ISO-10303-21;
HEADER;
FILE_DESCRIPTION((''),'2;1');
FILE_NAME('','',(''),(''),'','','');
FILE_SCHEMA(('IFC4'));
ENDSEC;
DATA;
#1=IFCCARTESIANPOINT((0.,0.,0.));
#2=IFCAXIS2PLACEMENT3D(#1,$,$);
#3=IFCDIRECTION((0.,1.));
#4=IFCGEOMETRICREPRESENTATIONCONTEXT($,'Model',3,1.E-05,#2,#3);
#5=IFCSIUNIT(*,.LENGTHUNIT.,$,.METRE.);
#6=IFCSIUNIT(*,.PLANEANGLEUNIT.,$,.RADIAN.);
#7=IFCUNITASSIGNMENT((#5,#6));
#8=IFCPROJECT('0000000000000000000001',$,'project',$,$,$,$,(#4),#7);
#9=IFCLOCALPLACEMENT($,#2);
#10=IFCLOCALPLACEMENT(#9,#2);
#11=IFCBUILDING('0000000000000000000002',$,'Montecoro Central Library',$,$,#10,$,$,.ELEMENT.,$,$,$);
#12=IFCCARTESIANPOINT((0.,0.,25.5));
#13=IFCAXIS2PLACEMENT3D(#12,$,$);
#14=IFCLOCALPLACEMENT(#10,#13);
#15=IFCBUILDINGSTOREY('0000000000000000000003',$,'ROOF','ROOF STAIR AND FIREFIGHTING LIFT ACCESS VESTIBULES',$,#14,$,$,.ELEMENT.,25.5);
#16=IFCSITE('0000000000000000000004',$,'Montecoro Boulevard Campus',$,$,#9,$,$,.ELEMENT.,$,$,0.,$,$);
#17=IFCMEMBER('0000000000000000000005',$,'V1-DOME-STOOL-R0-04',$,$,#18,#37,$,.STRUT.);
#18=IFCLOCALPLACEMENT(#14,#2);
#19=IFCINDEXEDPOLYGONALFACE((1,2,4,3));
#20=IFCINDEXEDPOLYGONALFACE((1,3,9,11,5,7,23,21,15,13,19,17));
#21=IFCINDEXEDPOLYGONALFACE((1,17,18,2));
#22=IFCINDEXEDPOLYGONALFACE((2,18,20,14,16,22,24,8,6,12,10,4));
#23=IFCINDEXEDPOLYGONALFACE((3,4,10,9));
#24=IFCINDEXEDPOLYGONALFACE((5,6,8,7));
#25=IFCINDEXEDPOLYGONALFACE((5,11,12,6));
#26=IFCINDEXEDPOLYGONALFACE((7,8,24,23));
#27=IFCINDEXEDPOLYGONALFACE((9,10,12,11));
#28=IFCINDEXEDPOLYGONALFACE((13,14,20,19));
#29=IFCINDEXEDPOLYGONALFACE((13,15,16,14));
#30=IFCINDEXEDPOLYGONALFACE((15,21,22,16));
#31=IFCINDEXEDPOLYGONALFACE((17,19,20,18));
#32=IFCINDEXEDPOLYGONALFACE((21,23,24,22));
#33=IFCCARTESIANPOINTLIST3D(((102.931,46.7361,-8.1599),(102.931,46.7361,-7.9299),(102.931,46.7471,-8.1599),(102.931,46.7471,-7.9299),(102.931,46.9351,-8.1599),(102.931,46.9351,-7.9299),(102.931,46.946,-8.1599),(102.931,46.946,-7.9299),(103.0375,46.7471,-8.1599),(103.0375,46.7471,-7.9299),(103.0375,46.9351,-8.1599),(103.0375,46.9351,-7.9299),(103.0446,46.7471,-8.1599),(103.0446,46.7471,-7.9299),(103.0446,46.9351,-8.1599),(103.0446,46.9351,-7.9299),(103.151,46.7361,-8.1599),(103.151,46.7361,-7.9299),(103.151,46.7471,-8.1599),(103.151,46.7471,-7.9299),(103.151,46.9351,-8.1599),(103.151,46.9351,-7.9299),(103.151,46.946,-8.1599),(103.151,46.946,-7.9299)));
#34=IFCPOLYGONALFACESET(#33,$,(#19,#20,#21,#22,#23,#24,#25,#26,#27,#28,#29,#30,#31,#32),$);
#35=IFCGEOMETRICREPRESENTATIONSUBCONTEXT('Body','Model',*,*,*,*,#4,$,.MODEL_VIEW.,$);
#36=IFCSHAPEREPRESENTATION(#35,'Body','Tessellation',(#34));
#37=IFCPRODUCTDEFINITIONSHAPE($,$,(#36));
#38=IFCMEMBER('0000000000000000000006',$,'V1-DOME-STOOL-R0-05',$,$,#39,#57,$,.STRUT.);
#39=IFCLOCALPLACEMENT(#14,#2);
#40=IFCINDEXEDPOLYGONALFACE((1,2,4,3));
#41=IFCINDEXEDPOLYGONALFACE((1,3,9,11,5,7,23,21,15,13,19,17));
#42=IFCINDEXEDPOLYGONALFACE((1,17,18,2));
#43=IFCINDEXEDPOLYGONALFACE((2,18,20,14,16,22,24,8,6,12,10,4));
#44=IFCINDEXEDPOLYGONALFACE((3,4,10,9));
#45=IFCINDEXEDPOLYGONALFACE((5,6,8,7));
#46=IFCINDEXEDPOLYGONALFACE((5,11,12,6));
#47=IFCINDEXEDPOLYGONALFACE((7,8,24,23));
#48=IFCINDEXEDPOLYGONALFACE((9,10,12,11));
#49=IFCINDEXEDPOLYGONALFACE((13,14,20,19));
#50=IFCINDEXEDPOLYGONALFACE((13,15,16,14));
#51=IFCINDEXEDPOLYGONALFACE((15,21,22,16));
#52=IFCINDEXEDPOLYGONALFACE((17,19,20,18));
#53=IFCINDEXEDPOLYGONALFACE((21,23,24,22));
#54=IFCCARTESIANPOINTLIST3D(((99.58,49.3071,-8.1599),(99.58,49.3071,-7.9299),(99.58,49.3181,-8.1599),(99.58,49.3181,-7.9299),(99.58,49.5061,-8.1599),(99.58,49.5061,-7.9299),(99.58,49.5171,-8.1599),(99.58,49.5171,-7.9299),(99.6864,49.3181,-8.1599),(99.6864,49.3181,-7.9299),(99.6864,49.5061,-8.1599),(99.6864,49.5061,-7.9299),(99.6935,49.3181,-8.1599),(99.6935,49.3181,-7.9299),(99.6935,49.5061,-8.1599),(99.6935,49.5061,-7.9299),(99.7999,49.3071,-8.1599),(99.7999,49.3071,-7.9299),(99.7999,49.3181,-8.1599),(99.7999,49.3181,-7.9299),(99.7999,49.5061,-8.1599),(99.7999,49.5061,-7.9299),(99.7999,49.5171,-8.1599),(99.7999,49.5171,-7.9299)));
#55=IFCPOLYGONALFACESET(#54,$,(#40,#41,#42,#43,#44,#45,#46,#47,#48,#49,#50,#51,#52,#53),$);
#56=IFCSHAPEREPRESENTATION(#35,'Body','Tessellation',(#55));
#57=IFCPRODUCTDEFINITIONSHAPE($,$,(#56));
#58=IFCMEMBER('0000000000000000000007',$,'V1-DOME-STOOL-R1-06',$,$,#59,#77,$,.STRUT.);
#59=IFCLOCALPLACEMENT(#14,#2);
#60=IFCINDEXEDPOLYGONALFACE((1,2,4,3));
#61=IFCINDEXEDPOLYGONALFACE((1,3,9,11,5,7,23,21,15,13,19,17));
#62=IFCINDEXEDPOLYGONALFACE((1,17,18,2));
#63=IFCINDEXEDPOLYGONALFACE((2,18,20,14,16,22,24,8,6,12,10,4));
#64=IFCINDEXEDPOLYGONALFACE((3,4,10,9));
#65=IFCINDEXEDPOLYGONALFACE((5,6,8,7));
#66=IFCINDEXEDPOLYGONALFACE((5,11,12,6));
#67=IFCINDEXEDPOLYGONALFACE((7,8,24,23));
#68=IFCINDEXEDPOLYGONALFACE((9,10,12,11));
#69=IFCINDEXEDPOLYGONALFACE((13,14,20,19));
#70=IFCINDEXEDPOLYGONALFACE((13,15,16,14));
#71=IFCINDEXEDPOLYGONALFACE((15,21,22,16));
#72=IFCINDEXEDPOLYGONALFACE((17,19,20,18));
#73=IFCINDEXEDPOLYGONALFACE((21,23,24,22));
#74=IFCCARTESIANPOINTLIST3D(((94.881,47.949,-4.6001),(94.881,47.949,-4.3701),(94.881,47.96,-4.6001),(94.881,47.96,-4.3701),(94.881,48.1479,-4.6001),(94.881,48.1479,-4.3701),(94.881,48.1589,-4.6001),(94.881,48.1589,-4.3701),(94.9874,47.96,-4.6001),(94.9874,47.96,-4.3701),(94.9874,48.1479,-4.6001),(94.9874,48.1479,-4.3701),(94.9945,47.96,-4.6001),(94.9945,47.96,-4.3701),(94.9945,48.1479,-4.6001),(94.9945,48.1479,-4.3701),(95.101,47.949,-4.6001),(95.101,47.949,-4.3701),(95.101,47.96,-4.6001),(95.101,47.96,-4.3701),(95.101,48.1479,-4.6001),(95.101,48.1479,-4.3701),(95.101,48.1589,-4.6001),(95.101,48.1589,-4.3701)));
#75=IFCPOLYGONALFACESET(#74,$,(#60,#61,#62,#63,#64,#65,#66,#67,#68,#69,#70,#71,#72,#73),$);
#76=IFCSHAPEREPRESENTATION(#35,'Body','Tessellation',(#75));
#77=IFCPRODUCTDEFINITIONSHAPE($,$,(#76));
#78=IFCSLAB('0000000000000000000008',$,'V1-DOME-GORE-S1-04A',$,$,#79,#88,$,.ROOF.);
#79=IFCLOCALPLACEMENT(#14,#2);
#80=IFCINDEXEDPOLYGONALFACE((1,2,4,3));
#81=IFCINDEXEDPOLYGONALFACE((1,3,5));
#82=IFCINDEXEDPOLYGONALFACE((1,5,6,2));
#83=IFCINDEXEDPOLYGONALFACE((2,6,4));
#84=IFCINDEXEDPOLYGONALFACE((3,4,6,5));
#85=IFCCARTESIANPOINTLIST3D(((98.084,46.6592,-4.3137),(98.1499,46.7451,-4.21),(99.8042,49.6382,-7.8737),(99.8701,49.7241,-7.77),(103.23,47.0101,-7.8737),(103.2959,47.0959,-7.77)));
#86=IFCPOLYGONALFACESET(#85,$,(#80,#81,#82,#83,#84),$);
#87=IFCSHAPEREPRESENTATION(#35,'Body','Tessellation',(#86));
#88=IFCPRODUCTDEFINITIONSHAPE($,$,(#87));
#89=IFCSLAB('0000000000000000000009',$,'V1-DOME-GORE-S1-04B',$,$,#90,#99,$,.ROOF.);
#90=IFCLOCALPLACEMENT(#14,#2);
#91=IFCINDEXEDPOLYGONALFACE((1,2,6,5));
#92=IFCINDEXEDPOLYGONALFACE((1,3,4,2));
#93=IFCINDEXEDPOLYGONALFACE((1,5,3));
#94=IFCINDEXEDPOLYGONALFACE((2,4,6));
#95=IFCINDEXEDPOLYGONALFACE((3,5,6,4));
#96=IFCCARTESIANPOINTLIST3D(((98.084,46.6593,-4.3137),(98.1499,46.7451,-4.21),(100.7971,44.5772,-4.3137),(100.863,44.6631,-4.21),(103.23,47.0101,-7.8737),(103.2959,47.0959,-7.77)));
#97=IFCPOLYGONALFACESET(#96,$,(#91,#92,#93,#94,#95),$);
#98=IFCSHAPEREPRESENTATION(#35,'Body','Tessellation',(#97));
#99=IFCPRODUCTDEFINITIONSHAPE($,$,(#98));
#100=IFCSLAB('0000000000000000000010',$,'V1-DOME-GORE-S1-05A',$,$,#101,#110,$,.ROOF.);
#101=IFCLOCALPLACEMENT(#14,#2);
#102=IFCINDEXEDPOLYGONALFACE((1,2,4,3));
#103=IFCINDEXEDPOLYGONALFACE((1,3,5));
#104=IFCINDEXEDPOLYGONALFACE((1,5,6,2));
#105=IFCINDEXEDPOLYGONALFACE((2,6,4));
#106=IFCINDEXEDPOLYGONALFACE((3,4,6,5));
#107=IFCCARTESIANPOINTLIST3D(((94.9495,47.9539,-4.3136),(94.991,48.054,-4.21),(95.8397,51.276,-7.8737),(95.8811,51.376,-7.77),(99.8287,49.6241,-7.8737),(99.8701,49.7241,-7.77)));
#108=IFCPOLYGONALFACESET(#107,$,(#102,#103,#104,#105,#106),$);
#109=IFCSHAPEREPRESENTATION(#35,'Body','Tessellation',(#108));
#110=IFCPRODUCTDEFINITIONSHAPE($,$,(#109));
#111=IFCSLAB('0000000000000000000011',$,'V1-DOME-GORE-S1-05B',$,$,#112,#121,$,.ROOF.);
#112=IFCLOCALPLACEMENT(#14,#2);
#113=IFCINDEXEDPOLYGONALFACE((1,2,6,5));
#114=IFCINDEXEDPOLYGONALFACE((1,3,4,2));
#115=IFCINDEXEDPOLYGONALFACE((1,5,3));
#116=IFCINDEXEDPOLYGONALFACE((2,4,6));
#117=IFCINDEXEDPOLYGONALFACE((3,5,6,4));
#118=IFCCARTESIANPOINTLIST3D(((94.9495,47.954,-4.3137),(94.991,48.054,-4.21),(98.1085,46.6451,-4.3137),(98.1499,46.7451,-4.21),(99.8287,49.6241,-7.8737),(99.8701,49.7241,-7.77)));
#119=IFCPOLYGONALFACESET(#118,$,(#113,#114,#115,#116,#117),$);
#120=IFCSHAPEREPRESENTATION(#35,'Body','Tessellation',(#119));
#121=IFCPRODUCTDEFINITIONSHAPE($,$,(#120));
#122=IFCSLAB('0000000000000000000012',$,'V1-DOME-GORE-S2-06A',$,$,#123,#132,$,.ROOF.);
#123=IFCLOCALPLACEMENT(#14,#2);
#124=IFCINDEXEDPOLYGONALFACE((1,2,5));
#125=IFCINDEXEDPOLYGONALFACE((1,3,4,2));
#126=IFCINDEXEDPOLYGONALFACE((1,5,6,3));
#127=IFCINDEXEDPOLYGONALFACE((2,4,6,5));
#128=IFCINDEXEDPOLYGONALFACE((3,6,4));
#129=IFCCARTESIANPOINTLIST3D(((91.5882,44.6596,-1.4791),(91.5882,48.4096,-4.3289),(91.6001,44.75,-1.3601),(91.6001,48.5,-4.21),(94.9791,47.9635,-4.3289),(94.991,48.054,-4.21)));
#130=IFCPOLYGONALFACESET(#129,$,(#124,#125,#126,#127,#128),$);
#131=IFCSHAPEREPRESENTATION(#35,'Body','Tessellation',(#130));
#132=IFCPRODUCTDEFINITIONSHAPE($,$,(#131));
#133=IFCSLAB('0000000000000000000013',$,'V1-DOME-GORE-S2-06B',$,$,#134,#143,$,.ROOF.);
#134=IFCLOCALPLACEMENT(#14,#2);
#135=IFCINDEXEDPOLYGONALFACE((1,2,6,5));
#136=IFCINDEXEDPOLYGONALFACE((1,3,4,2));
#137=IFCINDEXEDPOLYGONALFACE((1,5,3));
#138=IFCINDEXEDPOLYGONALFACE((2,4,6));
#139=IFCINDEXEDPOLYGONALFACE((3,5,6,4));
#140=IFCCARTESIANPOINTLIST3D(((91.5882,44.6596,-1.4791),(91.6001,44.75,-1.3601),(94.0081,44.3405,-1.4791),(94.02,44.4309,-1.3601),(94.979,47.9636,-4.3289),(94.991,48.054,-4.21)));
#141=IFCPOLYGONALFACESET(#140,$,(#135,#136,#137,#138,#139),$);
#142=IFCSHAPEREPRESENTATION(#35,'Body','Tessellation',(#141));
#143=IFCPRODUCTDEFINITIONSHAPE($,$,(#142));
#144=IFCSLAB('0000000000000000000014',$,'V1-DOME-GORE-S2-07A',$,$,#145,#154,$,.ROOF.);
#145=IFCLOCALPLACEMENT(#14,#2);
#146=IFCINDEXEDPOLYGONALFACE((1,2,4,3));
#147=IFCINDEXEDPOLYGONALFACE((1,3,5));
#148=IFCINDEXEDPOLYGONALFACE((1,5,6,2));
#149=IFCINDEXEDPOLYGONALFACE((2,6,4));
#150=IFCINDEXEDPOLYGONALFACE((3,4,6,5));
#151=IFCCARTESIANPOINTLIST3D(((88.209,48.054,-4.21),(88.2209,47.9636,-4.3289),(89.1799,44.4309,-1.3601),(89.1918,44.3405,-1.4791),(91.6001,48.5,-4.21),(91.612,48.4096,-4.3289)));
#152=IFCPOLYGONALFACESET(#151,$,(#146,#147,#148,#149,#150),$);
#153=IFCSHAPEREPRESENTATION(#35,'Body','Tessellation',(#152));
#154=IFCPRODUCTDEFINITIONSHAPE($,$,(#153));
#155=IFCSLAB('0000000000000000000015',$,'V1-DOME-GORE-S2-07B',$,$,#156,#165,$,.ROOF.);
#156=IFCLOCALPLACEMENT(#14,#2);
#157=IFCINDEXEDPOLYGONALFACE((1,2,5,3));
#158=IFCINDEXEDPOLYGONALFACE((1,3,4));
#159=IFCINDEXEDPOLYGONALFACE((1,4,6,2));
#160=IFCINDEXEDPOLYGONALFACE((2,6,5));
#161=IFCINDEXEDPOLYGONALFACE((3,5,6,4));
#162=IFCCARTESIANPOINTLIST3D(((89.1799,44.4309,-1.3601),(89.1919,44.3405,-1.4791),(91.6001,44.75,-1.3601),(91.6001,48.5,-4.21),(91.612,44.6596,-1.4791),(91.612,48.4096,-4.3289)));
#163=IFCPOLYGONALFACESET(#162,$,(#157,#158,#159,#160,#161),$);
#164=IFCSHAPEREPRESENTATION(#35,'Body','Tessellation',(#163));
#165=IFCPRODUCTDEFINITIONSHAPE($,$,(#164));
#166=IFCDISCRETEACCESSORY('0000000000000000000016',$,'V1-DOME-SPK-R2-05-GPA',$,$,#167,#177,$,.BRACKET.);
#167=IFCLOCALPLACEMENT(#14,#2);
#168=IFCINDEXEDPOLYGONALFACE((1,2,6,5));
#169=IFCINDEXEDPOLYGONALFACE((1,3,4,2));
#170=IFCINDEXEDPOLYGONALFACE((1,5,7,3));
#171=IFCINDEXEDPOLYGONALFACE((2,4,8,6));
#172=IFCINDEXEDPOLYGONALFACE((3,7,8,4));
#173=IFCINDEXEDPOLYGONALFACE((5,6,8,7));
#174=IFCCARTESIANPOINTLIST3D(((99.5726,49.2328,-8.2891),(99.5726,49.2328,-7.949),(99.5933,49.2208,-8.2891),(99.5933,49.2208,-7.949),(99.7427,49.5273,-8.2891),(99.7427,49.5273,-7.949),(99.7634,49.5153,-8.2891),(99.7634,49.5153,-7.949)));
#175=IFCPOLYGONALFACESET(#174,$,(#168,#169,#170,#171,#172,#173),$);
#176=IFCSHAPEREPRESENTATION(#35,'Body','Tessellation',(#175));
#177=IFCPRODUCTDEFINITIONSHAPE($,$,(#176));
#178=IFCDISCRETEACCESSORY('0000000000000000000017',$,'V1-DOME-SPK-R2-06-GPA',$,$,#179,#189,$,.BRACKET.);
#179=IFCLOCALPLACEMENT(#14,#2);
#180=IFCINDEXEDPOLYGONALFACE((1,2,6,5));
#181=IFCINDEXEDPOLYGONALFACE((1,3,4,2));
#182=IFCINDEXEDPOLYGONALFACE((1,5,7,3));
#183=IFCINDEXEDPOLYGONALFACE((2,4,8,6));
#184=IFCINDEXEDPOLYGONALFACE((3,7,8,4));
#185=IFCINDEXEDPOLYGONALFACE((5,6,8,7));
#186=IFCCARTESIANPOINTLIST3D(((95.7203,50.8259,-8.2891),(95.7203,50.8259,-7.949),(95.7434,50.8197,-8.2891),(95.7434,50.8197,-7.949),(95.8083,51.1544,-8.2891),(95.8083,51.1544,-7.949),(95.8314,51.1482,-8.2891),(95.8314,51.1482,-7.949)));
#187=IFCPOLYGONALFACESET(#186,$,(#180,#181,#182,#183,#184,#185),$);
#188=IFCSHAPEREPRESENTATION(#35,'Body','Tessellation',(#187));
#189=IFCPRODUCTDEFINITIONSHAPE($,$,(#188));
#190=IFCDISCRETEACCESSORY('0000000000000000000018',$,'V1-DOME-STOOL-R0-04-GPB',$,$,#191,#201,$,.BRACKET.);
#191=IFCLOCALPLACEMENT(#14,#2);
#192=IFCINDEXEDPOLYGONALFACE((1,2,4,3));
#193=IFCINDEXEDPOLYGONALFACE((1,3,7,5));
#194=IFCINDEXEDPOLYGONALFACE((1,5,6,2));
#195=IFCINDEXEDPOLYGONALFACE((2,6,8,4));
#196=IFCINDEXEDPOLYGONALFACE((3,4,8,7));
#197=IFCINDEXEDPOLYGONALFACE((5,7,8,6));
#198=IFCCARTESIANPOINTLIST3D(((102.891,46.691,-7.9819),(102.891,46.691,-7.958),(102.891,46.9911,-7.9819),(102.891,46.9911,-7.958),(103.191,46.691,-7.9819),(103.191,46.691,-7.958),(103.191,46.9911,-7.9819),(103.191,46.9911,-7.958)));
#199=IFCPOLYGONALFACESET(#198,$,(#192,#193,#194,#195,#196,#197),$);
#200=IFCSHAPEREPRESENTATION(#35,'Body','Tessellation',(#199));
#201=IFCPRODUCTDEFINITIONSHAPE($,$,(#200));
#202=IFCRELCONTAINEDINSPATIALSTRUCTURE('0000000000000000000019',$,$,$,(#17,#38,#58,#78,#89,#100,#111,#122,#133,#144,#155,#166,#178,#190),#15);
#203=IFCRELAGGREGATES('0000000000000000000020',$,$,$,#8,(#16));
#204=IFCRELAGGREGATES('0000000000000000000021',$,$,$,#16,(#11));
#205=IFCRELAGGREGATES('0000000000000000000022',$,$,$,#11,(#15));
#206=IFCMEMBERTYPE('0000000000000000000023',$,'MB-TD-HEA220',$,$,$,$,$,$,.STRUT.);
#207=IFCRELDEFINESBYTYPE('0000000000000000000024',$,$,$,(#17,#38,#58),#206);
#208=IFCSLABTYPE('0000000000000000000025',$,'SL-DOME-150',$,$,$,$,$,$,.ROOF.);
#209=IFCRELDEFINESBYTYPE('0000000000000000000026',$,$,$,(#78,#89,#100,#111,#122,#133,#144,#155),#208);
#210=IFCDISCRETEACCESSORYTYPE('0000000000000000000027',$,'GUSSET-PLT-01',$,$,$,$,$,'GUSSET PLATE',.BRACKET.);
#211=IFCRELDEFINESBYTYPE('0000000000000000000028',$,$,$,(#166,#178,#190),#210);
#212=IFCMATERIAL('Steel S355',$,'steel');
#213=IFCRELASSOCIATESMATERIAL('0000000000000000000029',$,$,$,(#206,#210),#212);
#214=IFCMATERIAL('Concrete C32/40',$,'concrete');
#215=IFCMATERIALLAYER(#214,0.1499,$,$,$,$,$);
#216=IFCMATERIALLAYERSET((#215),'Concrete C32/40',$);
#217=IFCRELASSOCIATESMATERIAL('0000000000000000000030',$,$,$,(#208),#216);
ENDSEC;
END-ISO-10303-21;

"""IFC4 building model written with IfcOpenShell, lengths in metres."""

from ifc_helpers import new_model, si_unit, direction, frame, origin, origin_2d, place, context, subcontext, project, spatial, polyline, rectangle, i_section, outline, extrude, material, layer, layer_set, material_profile, profile_set, type_object, element, save


model = new_model("IFC4")

# Units and contexts
model_context = context("Model", 3, precision=1e-05, world=origin(), true_north=direction((0.0, 1.0)))
body_context = subcontext(model_context, "Body", "Model", "MODEL_VIEW")
ifc_project = project(units=[si_unit("LENGTHUNIT", "METRE"), si_unit("PLANEANGLEUNIT", "RADIAN")], contexts=[model_context])

# Site, building, storey
site_placement = place(None, origin())
site = spatial("IfcSite", under=ifc_project, at=site_placement, Name="Montecoro Boulevard Campus", CompositionType="ELEMENT", RefElevation=0.0)
building_placement = place(site_placement, origin())
building = spatial("IfcBuilding", under=site, at=building_placement, Name="Montecoro Central Library", CompositionType="ELEMENT")
storey_placement = place(building_placement, frame((0.0, 0.0, 25.5)))
storey = spatial("IfcBuildingStorey", under=building, at=storey_placement, Name="ROOF", Description="ROOF STAIR AND FIREFIGHTING LIFT ACCESS VESTIBULES", CompositionType="ELEMENT", Elevation=25.5)

# Members
ifc_material_1 = material(Name="Steel S355", Category="steel")
ifc_material_profile_1 = material_profile(ifc_material_1, i_section(OverallWidth=0.22, OverallDepth=0.21, WebThickness=0.0071, FlangeThickness=0.011, at=origin_2d()), Name="HEA 220")
ifc_profile_set_1 = profile_set([ifc_material_profile_1], Name="Steel S355")
member_type_1 = type_object("IfcMemberType", Name="MB-TD-HEA220", PredefinedType="STRUT", material=ifc_profile_set_1)
for number, where, z_axis, x_axis, name in (
    (1, (103.041, 46.8411, -8.1599), (0.0, 0.0, 1.0), (1.0, 0.0, 0.0), "V1-DOME-STOOL-R0-04"),
    (2, (99.6899, 49.4121, -8.1599), (0.0, 0.0, 1.0), (1.0, 0.0, 0.0), "V1-DOME-STOOL-R0-05"),
    (3, (94.991, 48.054, -4.6001), (0.0, 0.0, 1.0), (1.0, 0.0, 0.0), "V1-DOME-STOOL-R1-06"),
):
    element("IfcMember", number, at=place(storey_placement, frame(where, z_axis=z_axis, x_axis=x_axis)), inside=storey, type_object=member_type_1, Name=name, PredefinedType="STRUT", context=body_context, shape_type="SweptSolid", body=[
        extrude(i_section(OverallWidth=0.22, OverallDepth=0.21, WebThickness=0.0071, FlangeThickness=0.011, at=origin_2d()), origin(), (0.0, 0.0, 1.0), 0.23),
    ])

# Slabs
ifc_material_2 = material(Name="Concrete C32/40", Category="concrete")
ifc_layer = layer(ifc_material_2, 0.1499)
ifc_layer_set = layer_set([ifc_layer], Name="Concrete C32/40")
slab_type = type_object("IfcSlabType", Name="SL-DOME-150", PredefinedType="ROOF", material=ifc_layer_set)
slab_1_placement = place(storey_placement, frame((103.2959, 47.0959, -7.77), z_axis=(0.43953, 0.57292, 0.691792), x_axis=(-0.793412, 0.608686, 0.0)))
element("IfcSlab", 4, at=slab_1_placement, inside=storey, type_object=slab_type, Name="V1-DOME-GORE-S1-04A", PredefinedType="ROOF", context=body_context, shape_type="SweptSolid", body=[
    extrude(outline(polyline([(0.0, 0.0), (4.3178, 0.0), (3.8693, 4.9302), (0.0, 0.0)])), origin(), (0.0, 0.0, -1.0), 0.1499),
])
slab_2_placement = place(storey_placement, frame((103.2959, 47.0959, -7.77), z_axis=(0.439575, 0.572819, 0.691847), x_axis=(-0.821094, -0.055978, 0.568042)))
element("IfcSlab", 5, at=slab_2_placement, inside=storey, type_object=slab_type, Name="V1-DOME-GORE-S1-04B", PredefinedType="ROOF", context=body_context, shape_type="SweptSolid", body=[
    extrude(outline(polyline([(0.0, 0.0), (6.2672, 0.0), (4.1561, 2.6905), (0.0, 0.0)])), origin(), (0.0, 0.0, -1.0), 0.1499),
])
slab_3_placement = place(storey_placement, frame((99.8701, 49.7241, -7.77), z_axis=(0.276302, 0.667234, 0.691705), x_axis=(-0.923916, 0.382595, 0.0)))
element("IfcSlab", 6, at=slab_3_placement, inside=storey, type_object=slab_type, Name="V1-DOME-GORE-S1-05A", PredefinedType="ROOF", context=body_context, shape_type="SweptSolid", body=[
    extrude(outline(polyline([(0.0, 0.0), (4.3175, 0.0), (3.8689, 4.9296), (0.0, 0.0)])), origin(), (0.0, 0.0, -1.0), 0.1499),
])
slab_4_placement = place(storey_placement, frame((99.8701, 49.7241, -7.77), z_axis=(0.276403, 0.66711, 0.691785), x_axis=(-0.778603, -0.266521, 0.568106)))
element("IfcSlab", 7, at=slab_4_placement, inside=storey, type_object=slab_type, Name="V1-DOME-GORE-S1-05B", PredefinedType="ROOF", context=body_context, shape_type="SweptSolid", body=[
    extrude(outline(polyline([(0.0, 0.0), (6.2665, 0.0), (4.1558, 2.6901), (0.0, 0.0)])), origin(), (0.0, 0.0, -1.0), 0.1499),
])
slab_5_placement = place(storey_placement, frame((94.991, 48.054, -4.21), z_axis=(0.079341, 0.603156, 0.793667), x_axis=(-0.991459, 0.130419, 0.0)))
element("IfcSlab", 8, at=slab_5_placement, inside=storey, type_object=slab_type, Name="V1-DOME-GORE-S2-06A", PredefinedType="ROOF", context=body_context, shape_type="SweptSolid", body=[
    extrude(outline(polyline([(0.0, 0.0), (3.4201, 0.0), (2.931, 4.6845), (0.0, 0.0)])), origin(), (0.0, 0.0, -1.0), 0.1499),
])
slab_6_placement = place(storey_placement, frame((94.991, 48.054, -4.21), z_axis=(0.079517, 0.603038, 0.793739), x_axis=(-0.61363, -0.597901, 0.515725)))
element("IfcSlab", 9, at=slab_6_placement, inside=storey, type_object=slab_type, Name="V1-DOME-GORE-S2-06B", PredefinedType="ROOF", context=body_context, shape_type="SweptSolid", body=[
    extrude(outline(polyline([(0.0, 0.0), (5.5259, 0.0), (4.2318, 2.0695), (0.0, 0.0)])), origin(), (0.0, 0.0, -1.0), 0.1499),
])
slab_7_placement = place(storey_placement, frame((91.6001, 48.5, -4.21), z_axis=(-0.079325, 0.60308, 0.793727), x_axis=(-0.99146, -0.13041, 0.0)))
element("IfcSlab", 10, at=slab_7_placement, inside=storey, type_object=slab_type, Name="V1-DOME-GORE-S2-07A", PredefinedType="ROOF", context=body_context, shape_type="SweptSolid", body=[
    extrude(outline(polyline([(0.0, 0.0), (3.4203, 0.0), (2.9301, 4.6851), (0.0, 0.0)])), origin(), (0.0, 0.0, -1.0), 0.1499),
])
slab_8_placement = place(storey_placement, frame((91.6001, 48.5, -4.21), z_axis=(-0.079523, 0.603147, 0.793656), x_axis=(-0.437962, -0.736358, 0.51572)))
element("IfcSlab", 11, at=slab_8_placement, inside=storey, type_object=slab_type, Name="V1-DOME-GORE-S2-07B", PredefinedType="ROOF", context=body_context, shape_type="SweptSolid", body=[
    extrude(outline(polyline([(0.0, 0.0), (5.526, 0.0), (4.2311, 2.0694), (0.0, 0.0)])), origin(), (0.0, 0.0, -1.0), 0.1499),
])

# Discrete accessories
discrete_accessory_type = type_object("IfcDiscreteAccessoryType", Name="GUSSET-PLT-01", ElementType="GUSSET PLATE", PredefinedType="BRACKET", material=ifc_material_1)
for number, where, z_axis, x_axis, name in (
    (12, (99.668, 49.374, -8.2891), (0.0, 0.0, 1.0), (-0.500151, -0.865938, 0.0), "V1-DOME-SPK-R2-05-GPA"),
    (13, (95.7759, 50.9871, -8.2891), (0.0, 0.0, 1.0), (-0.258819, -0.965926, 0.0), "V1-DOME-SPK-R2-06-GPA"),
):
    element("IfcDiscreteAccessory", number, at=place(storey_placement, frame(where, z_axis=z_axis, x_axis=x_axis)), inside=storey, type_object=discrete_accessory_type, Name=name, PredefinedType="BRACKET", context=body_context, shape_type="SweptSolid", body=[
        extrude(rectangle(XDim=0.3401, YDim=0.0239, at=origin_2d()), origin(), (0.0, 0.0, 1.0), 0.3401),
    ])
for number, where, z_axis, x_axis, name in (
    (14, (103.041, 46.8411, -7.9819), (0.0, 0.0, 1.0), (1.0, 0.0, 0.0), "V1-DOME-STOOL-R0-04-GPB"),
):
    element("IfcDiscreteAccessory", number, at=place(storey_placement, frame(where, z_axis=z_axis, x_axis=x_axis)), inside=storey, type_object=discrete_accessory_type, Name=name, PredefinedType="BRACKET", context=body_context, shape_type="SweptSolid", body=[
        extrude(rectangle(XDim=0.3, YDim=0.3, at=origin_2d()), origin(), (0.0, 0.0, 1.0), 0.0239),
    ])

save(model, "model.ifc")
